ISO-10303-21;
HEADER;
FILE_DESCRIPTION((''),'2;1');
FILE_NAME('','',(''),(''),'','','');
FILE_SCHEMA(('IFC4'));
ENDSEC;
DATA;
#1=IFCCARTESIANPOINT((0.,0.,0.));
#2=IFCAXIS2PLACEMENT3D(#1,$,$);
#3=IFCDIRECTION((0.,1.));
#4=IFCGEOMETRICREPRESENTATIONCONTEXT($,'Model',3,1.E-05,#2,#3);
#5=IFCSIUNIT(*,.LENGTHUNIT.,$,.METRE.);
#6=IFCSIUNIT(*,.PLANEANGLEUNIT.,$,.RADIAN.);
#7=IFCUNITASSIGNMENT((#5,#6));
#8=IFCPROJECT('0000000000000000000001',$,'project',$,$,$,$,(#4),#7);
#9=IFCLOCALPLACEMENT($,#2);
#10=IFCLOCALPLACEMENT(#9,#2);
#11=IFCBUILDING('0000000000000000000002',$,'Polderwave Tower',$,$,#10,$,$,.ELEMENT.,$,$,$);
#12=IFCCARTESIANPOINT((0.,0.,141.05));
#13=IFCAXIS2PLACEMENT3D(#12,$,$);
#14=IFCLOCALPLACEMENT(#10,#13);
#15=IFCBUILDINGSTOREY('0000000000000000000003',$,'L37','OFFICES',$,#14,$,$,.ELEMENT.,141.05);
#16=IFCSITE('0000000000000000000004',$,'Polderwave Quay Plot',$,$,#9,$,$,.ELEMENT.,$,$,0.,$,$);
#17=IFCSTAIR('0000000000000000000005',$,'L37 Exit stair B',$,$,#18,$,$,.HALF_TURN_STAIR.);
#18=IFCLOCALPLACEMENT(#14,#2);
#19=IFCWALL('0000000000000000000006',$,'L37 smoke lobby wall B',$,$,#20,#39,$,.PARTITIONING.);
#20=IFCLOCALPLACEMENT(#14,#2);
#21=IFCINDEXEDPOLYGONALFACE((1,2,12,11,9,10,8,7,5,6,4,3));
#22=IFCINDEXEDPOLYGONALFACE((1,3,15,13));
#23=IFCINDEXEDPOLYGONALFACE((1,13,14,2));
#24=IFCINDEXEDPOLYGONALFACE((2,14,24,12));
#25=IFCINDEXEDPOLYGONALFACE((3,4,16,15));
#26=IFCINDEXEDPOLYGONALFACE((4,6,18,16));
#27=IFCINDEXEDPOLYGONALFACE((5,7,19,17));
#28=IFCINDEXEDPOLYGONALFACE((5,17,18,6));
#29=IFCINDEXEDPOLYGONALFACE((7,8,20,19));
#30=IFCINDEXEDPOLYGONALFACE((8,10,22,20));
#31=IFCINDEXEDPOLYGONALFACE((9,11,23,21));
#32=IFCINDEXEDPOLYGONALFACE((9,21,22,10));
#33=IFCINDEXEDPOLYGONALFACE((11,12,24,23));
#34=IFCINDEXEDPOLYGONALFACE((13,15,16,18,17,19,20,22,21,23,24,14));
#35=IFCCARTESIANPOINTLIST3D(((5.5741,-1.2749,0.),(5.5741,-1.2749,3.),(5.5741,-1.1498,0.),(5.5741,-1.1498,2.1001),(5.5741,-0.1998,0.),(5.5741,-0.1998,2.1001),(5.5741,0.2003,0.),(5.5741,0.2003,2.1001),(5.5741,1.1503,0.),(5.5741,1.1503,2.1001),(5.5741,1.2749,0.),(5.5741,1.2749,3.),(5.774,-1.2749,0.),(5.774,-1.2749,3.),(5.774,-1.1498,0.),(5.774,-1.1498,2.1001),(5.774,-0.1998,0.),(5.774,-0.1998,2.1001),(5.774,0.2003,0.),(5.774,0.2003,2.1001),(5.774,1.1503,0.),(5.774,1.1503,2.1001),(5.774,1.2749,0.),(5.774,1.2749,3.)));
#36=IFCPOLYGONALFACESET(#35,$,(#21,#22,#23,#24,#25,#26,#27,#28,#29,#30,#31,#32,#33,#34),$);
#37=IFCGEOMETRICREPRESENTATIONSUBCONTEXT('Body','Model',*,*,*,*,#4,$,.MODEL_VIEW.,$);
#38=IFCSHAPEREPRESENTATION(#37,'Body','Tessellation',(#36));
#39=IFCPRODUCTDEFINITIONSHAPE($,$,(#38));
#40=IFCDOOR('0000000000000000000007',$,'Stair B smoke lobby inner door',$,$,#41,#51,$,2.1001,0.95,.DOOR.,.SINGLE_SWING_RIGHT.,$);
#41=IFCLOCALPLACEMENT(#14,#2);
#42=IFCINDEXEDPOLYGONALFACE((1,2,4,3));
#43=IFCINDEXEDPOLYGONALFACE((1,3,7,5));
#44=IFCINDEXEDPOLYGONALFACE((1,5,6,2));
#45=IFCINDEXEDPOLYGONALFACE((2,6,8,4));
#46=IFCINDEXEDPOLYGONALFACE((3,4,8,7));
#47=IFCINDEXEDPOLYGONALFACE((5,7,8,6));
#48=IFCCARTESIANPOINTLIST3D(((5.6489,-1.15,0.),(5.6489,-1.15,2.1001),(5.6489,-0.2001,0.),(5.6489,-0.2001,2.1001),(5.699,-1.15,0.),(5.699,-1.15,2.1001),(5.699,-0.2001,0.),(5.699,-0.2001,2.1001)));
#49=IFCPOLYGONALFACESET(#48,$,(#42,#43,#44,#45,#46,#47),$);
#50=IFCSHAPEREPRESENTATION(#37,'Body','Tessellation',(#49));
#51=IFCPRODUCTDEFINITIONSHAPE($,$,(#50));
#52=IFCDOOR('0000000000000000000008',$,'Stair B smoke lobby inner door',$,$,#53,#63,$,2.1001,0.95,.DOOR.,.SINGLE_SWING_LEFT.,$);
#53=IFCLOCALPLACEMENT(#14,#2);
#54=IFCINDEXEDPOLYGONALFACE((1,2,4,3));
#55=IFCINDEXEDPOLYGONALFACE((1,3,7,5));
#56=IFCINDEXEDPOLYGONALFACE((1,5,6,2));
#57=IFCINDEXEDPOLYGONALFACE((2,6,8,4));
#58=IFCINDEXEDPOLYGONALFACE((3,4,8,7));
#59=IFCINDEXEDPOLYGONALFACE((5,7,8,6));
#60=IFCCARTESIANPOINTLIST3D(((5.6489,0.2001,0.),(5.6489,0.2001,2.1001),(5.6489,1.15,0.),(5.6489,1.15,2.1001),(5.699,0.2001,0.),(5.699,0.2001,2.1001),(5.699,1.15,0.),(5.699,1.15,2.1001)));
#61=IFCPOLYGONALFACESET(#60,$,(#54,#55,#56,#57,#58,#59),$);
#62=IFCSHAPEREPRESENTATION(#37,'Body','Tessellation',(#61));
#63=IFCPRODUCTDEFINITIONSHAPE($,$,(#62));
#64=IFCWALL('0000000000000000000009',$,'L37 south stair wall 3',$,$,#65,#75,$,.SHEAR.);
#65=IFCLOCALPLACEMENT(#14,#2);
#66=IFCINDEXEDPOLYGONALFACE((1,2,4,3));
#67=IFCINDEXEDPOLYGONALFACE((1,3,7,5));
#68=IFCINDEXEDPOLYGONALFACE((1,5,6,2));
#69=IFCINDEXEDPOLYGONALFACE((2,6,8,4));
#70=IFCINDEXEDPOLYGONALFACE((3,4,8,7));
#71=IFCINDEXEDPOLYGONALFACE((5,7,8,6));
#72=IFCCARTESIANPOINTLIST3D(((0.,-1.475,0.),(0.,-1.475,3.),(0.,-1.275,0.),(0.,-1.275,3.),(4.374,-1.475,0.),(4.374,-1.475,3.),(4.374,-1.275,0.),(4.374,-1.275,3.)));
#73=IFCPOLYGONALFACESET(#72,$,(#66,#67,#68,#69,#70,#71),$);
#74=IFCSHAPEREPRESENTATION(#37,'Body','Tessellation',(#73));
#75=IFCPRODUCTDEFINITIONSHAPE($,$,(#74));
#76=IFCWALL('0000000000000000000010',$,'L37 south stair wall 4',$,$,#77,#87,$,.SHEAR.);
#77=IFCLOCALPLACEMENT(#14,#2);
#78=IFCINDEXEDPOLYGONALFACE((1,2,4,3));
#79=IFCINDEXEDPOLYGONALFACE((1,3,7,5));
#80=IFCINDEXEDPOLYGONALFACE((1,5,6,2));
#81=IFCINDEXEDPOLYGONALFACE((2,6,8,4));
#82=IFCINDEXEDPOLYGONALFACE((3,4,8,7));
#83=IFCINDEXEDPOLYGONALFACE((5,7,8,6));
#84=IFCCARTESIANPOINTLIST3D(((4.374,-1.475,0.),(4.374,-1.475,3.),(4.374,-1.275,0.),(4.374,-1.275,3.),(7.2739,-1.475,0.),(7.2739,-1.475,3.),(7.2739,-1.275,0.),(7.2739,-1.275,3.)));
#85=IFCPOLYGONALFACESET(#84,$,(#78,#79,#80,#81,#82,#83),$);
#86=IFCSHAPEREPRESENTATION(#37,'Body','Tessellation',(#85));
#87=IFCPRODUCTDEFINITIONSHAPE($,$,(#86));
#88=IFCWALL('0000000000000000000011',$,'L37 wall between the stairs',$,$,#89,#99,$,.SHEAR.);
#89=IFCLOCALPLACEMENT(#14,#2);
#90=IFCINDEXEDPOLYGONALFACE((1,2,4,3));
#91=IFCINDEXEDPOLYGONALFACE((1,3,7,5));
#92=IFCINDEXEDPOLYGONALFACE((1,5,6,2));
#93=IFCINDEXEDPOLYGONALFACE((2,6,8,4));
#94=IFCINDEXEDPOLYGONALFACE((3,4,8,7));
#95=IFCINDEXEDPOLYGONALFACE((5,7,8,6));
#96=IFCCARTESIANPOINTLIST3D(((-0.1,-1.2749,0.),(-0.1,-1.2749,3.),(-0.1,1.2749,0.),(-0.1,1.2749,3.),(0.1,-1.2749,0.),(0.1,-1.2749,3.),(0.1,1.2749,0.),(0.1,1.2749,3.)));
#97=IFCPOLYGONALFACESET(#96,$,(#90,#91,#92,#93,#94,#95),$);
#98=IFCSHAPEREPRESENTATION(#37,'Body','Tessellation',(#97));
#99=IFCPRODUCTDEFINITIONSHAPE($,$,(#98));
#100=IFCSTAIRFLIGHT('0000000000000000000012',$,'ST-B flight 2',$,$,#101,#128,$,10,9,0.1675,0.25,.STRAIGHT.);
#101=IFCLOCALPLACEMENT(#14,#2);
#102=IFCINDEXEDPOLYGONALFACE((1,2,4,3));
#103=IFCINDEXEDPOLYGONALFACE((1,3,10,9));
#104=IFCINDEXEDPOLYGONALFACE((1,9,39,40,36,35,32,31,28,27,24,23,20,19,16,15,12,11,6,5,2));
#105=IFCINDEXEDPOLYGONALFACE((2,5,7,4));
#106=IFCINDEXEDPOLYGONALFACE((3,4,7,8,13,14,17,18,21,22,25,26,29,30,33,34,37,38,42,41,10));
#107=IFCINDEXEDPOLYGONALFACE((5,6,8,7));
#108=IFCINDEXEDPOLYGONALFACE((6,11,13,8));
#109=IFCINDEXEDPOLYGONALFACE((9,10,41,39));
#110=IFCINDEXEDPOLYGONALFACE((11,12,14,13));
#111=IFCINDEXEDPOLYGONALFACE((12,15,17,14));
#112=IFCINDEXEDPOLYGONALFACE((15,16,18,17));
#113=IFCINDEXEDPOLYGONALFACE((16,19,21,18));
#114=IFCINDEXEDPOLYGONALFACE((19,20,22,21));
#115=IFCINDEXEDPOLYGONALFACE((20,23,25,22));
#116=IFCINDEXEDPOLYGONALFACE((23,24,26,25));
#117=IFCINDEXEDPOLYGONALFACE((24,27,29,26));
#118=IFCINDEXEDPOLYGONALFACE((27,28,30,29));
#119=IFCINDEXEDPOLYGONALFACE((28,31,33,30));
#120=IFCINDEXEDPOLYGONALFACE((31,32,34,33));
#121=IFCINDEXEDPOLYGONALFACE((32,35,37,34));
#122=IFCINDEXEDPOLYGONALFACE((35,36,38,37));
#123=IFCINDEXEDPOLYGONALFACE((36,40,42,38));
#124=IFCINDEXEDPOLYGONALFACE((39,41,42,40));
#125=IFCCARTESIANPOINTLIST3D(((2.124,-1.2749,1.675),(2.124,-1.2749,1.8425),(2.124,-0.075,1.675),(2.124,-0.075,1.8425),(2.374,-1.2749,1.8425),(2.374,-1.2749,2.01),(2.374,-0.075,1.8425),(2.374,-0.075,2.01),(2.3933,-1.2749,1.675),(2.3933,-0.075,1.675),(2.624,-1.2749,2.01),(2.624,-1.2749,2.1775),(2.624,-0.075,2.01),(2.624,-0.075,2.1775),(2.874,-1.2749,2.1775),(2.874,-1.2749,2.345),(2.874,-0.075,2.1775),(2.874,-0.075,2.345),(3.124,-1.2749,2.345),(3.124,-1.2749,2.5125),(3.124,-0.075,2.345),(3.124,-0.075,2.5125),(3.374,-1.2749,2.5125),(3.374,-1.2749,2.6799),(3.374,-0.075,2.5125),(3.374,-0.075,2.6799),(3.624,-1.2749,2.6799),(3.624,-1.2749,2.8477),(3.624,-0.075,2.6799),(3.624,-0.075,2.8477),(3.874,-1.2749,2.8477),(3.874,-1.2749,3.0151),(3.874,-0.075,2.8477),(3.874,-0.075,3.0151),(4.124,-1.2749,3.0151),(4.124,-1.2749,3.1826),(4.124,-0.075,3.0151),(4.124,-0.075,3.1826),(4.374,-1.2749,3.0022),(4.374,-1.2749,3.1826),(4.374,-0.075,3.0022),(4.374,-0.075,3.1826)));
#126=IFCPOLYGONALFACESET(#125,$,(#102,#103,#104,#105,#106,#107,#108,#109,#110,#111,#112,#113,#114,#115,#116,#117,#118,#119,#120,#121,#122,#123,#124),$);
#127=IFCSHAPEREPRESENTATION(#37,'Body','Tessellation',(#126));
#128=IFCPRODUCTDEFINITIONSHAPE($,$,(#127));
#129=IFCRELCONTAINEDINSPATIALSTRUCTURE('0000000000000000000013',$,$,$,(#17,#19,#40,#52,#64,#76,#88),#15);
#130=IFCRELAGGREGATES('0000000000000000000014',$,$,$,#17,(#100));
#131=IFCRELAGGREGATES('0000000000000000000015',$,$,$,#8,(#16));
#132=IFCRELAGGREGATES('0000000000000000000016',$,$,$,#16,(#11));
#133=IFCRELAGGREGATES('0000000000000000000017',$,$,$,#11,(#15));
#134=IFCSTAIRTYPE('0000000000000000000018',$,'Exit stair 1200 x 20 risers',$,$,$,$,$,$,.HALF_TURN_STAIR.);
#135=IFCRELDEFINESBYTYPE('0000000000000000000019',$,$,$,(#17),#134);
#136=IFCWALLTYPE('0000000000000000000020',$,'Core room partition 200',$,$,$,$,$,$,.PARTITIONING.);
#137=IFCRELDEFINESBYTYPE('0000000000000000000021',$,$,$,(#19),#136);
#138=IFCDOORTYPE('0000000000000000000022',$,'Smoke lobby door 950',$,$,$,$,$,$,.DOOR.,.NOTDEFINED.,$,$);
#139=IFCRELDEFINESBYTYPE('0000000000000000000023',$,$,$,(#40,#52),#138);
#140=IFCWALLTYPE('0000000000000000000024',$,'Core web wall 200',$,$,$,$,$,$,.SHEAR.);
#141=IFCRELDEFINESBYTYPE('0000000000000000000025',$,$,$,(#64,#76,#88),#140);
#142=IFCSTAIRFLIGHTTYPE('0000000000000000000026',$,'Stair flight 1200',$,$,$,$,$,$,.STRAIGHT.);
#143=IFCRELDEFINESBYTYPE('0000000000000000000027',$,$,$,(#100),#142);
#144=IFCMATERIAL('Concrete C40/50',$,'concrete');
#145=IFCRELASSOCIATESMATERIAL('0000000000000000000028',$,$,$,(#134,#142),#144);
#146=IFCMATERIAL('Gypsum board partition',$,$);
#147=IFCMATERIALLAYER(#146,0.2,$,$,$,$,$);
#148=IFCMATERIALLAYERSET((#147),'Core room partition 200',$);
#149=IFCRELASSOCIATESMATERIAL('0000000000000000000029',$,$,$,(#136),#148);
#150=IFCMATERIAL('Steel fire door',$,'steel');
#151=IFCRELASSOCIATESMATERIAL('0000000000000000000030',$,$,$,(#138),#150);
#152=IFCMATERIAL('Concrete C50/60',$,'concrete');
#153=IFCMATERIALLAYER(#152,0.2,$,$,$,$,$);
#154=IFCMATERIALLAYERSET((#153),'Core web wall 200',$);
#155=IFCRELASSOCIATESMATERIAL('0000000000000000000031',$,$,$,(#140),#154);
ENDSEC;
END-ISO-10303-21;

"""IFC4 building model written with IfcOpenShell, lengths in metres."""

from ifc_helpers import new_model, si_unit, direction, frame, frame_2d, origin, place, context, subcontext, project, spatial, polyline, rectangle, outline, extrude, material, layer, layer_set, type_object, element, fill, aggregate, save


model = new_model("IFC4")

# Units and contexts
model_context = context("Model", 3, precision=1e-05, world=origin(), true_north=direction((0.0, 1.0)))
body_context = subcontext(model_context, "Body", "Model", "MODEL_VIEW")
ifc_project = project(units=[si_unit("LENGTHUNIT", "METRE"), si_unit("PLANEANGLEUNIT", "RADIAN")], contexts=[model_context])

# Site, building, storey
site_placement = place(None, origin())
site = spatial("IfcSite", under=ifc_project, at=site_placement, Name="Polderwave Quay Plot", CompositionType="ELEMENT", RefElevation=0.0)
building_placement = place(site_placement, origin())
building = spatial("IfcBuilding", under=site, at=building_placement, Name="Polderwave Tower", CompositionType="ELEMENT")
storey_placement = place(building_placement, frame((0.0, 0.0, 141.05)))
storey = spatial("IfcBuildingStorey", under=building, at=storey_placement, Name="L37", Description="OFFICES", CompositionType="ELEMENT", Elevation=141.05)

# Shared definitions
ifc_material_1 = material(Name="Concrete C40/50", Category="concrete")

# Stair
stair_type = type_object("IfcStairType", Name="Exit stair 1200 x 20 risers", PredefinedType="HALF_TURN_STAIR", material=ifc_material_1)
stair_1_placement = place(storey_placement, origin())
stair_1 = element("IfcStair", 1, at=stair_1_placement, inside=storey, type_object=stair_type, Name="L37 Exit stair B", PredefinedType="HALF_TURN_STAIR")

# Wall, openings, doors
ifc_material_2 = material(Name="Gypsum board partition")
ifc_layer_1 = layer(ifc_material_2, 0.2)
ifc_layer_set_1 = layer_set([ifc_layer_1], Name="Core room partition 200")
wall_type_1 = type_object("IfcWallType", Name="Core room partition 200", PredefinedType="PARTITIONING", material=ifc_layer_set_1)
wall_1_placement = place(storey_placement, frame((5.6741, -1.2749, 0.0), z_axis=(0.0, 0.0, 1.0), x_axis=(0.0, 1.0, 0.0)))
wall_1 = element("IfcWall", 2, at=wall_1_placement, inside=storey, type_object=wall_type_1, Name="L37 smoke lobby wall B", PredefinedType="PARTITIONING", context=body_context, shape_type="SweptSolid", body=[
    extrude(rectangle(XDim=2.5498, YDim=0.2, at=frame_2d((1.2749, 0.0))), origin(), (0.0, 0.0, 1.0), 3.0),
])
opening_1_placement = place(wall_1_placement, frame((0.125, 0.0, 0.0)))
opening_1 = element("IfcOpeningElement", 3, at=opening_1_placement, cuts=wall_1, PredefinedType="OPENING", context=body_context, shape_type="SweptSolid", body=[
    extrude(rectangle(XDim=0.95, YDim=2.1001, at=frame_2d((0.4751, 1.05))), frame((0.0, 0.1099, 0.0), z_axis=(0.0, -1.0, 0.0), x_axis=(1.0, 0.0, 0.0)), (0.0, 0.0, 1.0), 0.22),
])
opening_2_placement = place(wall_1_placement, frame((1.4751, 0.0, 0.0)))
opening_2 = element("IfcOpeningElement", 4, at=opening_2_placement, cuts=wall_1, PredefinedType="OPENING", context=body_context, shape_type="SweptSolid", body=[
    extrude(rectangle(XDim=0.95, YDim=2.1001, at=frame_2d((0.4751, 1.05))), frame((0.0, 0.1099, 0.0), z_axis=(0.0, -1.0, 0.0), x_axis=(1.0, 0.0, 0.0)), (0.0, 0.0, 1.0), 0.22),
])
ifc_material_3 = material(Name="Steel fire door", Category="steel")
door_type = type_object("IfcDoorType", Name="Smoke lobby door 950", OperationType="NOTDEFINED", PredefinedType="DOOR", material=ifc_material_3)
door_1_placement = place(opening_1_placement, frame((0.95, 0.0, 0.0), z_axis=(0.0, 0.0, 1.0), x_axis=(-1.0, 0.0, 0.0)))
door_1 = element("IfcDoor", 5, at=door_1_placement, inside=storey, type_object=door_type, Name="Stair B smoke lobby inner door", OperationType="SINGLE_SWING_RIGHT", OverallHeight=2.1001, OverallWidth=0.95, PredefinedType="DOOR", context=body_context, shape_type="SweptSolid", body=[
    extrude(rectangle(XDim=0.95, YDim=2.1001, at=frame_2d((0.4751, 1.05))), frame((0.0, 0.0249, 0.0), z_axis=(0.0, -1.0, 0.0), x_axis=(1.0, 0.0, 0.0)), (0.0, 0.0, 1.0), 0.05),
])
fill(opening_1, door_1)
door_2_placement = place(opening_2_placement, frame((0.95, 0.0, 0.0), z_axis=(0.0, 0.0, 1.0), x_axis=(-1.0, 0.0, 0.0)))
door_2 = element("IfcDoor", 6, at=door_2_placement, inside=storey, type_object=door_type, Name="Stair B smoke lobby inner door", OperationType="SINGLE_SWING_LEFT", OverallHeight=2.1001, OverallWidth=0.95, PredefinedType="DOOR", context=body_context, shape_type="SweptSolid", body=[
    extrude(rectangle(XDim=0.95, YDim=2.1001, at=frame_2d((0.4751, 1.05))), frame((0.0, 0.0249, 0.0), z_axis=(0.0, -1.0, 0.0), x_axis=(1.0, 0.0, 0.0)), (0.0, 0.0, 1.0), 0.05),
])
fill(opening_2, door_2)

# Walls
ifc_material_4 = material(Name="Concrete C50/60", Category="concrete")
ifc_layer_2 = layer(ifc_material_4, 0.2)
ifc_layer_set_2 = layer_set([ifc_layer_2], Name="Core web wall 200")
wall_type_2 = type_object("IfcWallType", Name="Core web wall 200", PredefinedType="SHEAR", material=ifc_layer_set_2)
wall_2_placement = place(storey_placement, frame((0.0, -1.375, 0.0), z_axis=(0.0, 0.0, 1.0), x_axis=(1.0, 0.0, 0.0)))
element("IfcWall", 7, at=wall_2_placement, inside=storey, type_object=wall_type_2, Name="L37 south stair wall 3", PredefinedType="SHEAR", context=body_context, shape_type="SweptSolid", body=[
    extrude(rectangle(XDim=4.374, YDim=0.2, at=frame_2d((2.187, 0.0))), origin(), (0.0, 0.0, 1.0), 3.0),
])
wall_3_placement = place(storey_placement, frame((4.374, -1.375, 0.0), z_axis=(0.0, 0.0, 1.0), x_axis=(1.0, 0.0, 0.0)))
element("IfcWall", 8, at=wall_3_placement, inside=storey, type_object=wall_type_2, Name="L37 south stair wall 4", PredefinedType="SHEAR", context=body_context, shape_type="SweptSolid", body=[
    extrude(rectangle(XDim=2.8999, YDim=0.2, at=frame_2d((1.45, 0.0))), origin(), (0.0, 0.0, 1.0), 3.0),
])
wall_4_placement = place(storey_placement, frame((0.0, -1.2749, 0.0), z_axis=(0.0, 0.0, 1.0), x_axis=(0.0, 1.0, 0.0)))
element("IfcWall", 9, at=wall_4_placement, inside=storey, type_object=wall_type_2, Name="L37 wall between the stairs", PredefinedType="SHEAR", context=body_context, shape_type="SweptSolid", body=[
    extrude(rectangle(XDim=2.5498, YDim=0.2, at=frame_2d((1.2749, 0.0))), origin(), (0.0, 0.0, 1.0), 3.0),
])

# Stair flight
stair_flight_type = type_object("IfcStairFlightType", Name="Stair flight 1200", PredefinedType="STRAIGHT", material=ifc_material_1)
stair_flight_placement = place(storey_placement, frame((2.124, -0.675, 1.675), z_axis=(0.0, 0.0, 1.0), x_axis=(1.0, 0.0, 0.0)))
stair_flight = element("IfcStairFlight", 10, at=stair_flight_placement, type_object=stair_flight_type, Name="ST-B flight 2", NumberOfRisers=10, NumberOfTreads=9, PredefinedType="STRAIGHT", RiserHeight=0.1675, TreadLength=0.25, context=body_context, shape_type="SweptSolid", body=[
    extrude(outline(polyline([(0.0, 0.0), (0.0, 0.1675), (0.25, 0.1675), (0.25, 0.335), (0.5, 0.335), (0.5, 0.5024), (0.75, 0.5024), (0.75, 0.6699), (1.0, 0.6699), (1.0, 0.8374), (1.25, 0.8374), (1.25, 1.0049), (1.5, 1.0049), (1.5, 1.1726), (1.75, 1.1726), (1.75, 1.3401), (2.0, 1.3401), (2.0, 1.5076), (2.25, 1.5076), (2.25, 1.675), (2.25, 1.3271), (0.2693, 0.0), (0.0, 0.0)])), frame((0.0, 0.6001, 0.0), z_axis=(0.0, -1.0, 0.0), x_axis=(1.0, 0.0, 0.0)), (0.0, 0.0, 1.0), 1.2),
])
aggregate(stair_1, [stair_flight])

save(model, "model.ifc")
